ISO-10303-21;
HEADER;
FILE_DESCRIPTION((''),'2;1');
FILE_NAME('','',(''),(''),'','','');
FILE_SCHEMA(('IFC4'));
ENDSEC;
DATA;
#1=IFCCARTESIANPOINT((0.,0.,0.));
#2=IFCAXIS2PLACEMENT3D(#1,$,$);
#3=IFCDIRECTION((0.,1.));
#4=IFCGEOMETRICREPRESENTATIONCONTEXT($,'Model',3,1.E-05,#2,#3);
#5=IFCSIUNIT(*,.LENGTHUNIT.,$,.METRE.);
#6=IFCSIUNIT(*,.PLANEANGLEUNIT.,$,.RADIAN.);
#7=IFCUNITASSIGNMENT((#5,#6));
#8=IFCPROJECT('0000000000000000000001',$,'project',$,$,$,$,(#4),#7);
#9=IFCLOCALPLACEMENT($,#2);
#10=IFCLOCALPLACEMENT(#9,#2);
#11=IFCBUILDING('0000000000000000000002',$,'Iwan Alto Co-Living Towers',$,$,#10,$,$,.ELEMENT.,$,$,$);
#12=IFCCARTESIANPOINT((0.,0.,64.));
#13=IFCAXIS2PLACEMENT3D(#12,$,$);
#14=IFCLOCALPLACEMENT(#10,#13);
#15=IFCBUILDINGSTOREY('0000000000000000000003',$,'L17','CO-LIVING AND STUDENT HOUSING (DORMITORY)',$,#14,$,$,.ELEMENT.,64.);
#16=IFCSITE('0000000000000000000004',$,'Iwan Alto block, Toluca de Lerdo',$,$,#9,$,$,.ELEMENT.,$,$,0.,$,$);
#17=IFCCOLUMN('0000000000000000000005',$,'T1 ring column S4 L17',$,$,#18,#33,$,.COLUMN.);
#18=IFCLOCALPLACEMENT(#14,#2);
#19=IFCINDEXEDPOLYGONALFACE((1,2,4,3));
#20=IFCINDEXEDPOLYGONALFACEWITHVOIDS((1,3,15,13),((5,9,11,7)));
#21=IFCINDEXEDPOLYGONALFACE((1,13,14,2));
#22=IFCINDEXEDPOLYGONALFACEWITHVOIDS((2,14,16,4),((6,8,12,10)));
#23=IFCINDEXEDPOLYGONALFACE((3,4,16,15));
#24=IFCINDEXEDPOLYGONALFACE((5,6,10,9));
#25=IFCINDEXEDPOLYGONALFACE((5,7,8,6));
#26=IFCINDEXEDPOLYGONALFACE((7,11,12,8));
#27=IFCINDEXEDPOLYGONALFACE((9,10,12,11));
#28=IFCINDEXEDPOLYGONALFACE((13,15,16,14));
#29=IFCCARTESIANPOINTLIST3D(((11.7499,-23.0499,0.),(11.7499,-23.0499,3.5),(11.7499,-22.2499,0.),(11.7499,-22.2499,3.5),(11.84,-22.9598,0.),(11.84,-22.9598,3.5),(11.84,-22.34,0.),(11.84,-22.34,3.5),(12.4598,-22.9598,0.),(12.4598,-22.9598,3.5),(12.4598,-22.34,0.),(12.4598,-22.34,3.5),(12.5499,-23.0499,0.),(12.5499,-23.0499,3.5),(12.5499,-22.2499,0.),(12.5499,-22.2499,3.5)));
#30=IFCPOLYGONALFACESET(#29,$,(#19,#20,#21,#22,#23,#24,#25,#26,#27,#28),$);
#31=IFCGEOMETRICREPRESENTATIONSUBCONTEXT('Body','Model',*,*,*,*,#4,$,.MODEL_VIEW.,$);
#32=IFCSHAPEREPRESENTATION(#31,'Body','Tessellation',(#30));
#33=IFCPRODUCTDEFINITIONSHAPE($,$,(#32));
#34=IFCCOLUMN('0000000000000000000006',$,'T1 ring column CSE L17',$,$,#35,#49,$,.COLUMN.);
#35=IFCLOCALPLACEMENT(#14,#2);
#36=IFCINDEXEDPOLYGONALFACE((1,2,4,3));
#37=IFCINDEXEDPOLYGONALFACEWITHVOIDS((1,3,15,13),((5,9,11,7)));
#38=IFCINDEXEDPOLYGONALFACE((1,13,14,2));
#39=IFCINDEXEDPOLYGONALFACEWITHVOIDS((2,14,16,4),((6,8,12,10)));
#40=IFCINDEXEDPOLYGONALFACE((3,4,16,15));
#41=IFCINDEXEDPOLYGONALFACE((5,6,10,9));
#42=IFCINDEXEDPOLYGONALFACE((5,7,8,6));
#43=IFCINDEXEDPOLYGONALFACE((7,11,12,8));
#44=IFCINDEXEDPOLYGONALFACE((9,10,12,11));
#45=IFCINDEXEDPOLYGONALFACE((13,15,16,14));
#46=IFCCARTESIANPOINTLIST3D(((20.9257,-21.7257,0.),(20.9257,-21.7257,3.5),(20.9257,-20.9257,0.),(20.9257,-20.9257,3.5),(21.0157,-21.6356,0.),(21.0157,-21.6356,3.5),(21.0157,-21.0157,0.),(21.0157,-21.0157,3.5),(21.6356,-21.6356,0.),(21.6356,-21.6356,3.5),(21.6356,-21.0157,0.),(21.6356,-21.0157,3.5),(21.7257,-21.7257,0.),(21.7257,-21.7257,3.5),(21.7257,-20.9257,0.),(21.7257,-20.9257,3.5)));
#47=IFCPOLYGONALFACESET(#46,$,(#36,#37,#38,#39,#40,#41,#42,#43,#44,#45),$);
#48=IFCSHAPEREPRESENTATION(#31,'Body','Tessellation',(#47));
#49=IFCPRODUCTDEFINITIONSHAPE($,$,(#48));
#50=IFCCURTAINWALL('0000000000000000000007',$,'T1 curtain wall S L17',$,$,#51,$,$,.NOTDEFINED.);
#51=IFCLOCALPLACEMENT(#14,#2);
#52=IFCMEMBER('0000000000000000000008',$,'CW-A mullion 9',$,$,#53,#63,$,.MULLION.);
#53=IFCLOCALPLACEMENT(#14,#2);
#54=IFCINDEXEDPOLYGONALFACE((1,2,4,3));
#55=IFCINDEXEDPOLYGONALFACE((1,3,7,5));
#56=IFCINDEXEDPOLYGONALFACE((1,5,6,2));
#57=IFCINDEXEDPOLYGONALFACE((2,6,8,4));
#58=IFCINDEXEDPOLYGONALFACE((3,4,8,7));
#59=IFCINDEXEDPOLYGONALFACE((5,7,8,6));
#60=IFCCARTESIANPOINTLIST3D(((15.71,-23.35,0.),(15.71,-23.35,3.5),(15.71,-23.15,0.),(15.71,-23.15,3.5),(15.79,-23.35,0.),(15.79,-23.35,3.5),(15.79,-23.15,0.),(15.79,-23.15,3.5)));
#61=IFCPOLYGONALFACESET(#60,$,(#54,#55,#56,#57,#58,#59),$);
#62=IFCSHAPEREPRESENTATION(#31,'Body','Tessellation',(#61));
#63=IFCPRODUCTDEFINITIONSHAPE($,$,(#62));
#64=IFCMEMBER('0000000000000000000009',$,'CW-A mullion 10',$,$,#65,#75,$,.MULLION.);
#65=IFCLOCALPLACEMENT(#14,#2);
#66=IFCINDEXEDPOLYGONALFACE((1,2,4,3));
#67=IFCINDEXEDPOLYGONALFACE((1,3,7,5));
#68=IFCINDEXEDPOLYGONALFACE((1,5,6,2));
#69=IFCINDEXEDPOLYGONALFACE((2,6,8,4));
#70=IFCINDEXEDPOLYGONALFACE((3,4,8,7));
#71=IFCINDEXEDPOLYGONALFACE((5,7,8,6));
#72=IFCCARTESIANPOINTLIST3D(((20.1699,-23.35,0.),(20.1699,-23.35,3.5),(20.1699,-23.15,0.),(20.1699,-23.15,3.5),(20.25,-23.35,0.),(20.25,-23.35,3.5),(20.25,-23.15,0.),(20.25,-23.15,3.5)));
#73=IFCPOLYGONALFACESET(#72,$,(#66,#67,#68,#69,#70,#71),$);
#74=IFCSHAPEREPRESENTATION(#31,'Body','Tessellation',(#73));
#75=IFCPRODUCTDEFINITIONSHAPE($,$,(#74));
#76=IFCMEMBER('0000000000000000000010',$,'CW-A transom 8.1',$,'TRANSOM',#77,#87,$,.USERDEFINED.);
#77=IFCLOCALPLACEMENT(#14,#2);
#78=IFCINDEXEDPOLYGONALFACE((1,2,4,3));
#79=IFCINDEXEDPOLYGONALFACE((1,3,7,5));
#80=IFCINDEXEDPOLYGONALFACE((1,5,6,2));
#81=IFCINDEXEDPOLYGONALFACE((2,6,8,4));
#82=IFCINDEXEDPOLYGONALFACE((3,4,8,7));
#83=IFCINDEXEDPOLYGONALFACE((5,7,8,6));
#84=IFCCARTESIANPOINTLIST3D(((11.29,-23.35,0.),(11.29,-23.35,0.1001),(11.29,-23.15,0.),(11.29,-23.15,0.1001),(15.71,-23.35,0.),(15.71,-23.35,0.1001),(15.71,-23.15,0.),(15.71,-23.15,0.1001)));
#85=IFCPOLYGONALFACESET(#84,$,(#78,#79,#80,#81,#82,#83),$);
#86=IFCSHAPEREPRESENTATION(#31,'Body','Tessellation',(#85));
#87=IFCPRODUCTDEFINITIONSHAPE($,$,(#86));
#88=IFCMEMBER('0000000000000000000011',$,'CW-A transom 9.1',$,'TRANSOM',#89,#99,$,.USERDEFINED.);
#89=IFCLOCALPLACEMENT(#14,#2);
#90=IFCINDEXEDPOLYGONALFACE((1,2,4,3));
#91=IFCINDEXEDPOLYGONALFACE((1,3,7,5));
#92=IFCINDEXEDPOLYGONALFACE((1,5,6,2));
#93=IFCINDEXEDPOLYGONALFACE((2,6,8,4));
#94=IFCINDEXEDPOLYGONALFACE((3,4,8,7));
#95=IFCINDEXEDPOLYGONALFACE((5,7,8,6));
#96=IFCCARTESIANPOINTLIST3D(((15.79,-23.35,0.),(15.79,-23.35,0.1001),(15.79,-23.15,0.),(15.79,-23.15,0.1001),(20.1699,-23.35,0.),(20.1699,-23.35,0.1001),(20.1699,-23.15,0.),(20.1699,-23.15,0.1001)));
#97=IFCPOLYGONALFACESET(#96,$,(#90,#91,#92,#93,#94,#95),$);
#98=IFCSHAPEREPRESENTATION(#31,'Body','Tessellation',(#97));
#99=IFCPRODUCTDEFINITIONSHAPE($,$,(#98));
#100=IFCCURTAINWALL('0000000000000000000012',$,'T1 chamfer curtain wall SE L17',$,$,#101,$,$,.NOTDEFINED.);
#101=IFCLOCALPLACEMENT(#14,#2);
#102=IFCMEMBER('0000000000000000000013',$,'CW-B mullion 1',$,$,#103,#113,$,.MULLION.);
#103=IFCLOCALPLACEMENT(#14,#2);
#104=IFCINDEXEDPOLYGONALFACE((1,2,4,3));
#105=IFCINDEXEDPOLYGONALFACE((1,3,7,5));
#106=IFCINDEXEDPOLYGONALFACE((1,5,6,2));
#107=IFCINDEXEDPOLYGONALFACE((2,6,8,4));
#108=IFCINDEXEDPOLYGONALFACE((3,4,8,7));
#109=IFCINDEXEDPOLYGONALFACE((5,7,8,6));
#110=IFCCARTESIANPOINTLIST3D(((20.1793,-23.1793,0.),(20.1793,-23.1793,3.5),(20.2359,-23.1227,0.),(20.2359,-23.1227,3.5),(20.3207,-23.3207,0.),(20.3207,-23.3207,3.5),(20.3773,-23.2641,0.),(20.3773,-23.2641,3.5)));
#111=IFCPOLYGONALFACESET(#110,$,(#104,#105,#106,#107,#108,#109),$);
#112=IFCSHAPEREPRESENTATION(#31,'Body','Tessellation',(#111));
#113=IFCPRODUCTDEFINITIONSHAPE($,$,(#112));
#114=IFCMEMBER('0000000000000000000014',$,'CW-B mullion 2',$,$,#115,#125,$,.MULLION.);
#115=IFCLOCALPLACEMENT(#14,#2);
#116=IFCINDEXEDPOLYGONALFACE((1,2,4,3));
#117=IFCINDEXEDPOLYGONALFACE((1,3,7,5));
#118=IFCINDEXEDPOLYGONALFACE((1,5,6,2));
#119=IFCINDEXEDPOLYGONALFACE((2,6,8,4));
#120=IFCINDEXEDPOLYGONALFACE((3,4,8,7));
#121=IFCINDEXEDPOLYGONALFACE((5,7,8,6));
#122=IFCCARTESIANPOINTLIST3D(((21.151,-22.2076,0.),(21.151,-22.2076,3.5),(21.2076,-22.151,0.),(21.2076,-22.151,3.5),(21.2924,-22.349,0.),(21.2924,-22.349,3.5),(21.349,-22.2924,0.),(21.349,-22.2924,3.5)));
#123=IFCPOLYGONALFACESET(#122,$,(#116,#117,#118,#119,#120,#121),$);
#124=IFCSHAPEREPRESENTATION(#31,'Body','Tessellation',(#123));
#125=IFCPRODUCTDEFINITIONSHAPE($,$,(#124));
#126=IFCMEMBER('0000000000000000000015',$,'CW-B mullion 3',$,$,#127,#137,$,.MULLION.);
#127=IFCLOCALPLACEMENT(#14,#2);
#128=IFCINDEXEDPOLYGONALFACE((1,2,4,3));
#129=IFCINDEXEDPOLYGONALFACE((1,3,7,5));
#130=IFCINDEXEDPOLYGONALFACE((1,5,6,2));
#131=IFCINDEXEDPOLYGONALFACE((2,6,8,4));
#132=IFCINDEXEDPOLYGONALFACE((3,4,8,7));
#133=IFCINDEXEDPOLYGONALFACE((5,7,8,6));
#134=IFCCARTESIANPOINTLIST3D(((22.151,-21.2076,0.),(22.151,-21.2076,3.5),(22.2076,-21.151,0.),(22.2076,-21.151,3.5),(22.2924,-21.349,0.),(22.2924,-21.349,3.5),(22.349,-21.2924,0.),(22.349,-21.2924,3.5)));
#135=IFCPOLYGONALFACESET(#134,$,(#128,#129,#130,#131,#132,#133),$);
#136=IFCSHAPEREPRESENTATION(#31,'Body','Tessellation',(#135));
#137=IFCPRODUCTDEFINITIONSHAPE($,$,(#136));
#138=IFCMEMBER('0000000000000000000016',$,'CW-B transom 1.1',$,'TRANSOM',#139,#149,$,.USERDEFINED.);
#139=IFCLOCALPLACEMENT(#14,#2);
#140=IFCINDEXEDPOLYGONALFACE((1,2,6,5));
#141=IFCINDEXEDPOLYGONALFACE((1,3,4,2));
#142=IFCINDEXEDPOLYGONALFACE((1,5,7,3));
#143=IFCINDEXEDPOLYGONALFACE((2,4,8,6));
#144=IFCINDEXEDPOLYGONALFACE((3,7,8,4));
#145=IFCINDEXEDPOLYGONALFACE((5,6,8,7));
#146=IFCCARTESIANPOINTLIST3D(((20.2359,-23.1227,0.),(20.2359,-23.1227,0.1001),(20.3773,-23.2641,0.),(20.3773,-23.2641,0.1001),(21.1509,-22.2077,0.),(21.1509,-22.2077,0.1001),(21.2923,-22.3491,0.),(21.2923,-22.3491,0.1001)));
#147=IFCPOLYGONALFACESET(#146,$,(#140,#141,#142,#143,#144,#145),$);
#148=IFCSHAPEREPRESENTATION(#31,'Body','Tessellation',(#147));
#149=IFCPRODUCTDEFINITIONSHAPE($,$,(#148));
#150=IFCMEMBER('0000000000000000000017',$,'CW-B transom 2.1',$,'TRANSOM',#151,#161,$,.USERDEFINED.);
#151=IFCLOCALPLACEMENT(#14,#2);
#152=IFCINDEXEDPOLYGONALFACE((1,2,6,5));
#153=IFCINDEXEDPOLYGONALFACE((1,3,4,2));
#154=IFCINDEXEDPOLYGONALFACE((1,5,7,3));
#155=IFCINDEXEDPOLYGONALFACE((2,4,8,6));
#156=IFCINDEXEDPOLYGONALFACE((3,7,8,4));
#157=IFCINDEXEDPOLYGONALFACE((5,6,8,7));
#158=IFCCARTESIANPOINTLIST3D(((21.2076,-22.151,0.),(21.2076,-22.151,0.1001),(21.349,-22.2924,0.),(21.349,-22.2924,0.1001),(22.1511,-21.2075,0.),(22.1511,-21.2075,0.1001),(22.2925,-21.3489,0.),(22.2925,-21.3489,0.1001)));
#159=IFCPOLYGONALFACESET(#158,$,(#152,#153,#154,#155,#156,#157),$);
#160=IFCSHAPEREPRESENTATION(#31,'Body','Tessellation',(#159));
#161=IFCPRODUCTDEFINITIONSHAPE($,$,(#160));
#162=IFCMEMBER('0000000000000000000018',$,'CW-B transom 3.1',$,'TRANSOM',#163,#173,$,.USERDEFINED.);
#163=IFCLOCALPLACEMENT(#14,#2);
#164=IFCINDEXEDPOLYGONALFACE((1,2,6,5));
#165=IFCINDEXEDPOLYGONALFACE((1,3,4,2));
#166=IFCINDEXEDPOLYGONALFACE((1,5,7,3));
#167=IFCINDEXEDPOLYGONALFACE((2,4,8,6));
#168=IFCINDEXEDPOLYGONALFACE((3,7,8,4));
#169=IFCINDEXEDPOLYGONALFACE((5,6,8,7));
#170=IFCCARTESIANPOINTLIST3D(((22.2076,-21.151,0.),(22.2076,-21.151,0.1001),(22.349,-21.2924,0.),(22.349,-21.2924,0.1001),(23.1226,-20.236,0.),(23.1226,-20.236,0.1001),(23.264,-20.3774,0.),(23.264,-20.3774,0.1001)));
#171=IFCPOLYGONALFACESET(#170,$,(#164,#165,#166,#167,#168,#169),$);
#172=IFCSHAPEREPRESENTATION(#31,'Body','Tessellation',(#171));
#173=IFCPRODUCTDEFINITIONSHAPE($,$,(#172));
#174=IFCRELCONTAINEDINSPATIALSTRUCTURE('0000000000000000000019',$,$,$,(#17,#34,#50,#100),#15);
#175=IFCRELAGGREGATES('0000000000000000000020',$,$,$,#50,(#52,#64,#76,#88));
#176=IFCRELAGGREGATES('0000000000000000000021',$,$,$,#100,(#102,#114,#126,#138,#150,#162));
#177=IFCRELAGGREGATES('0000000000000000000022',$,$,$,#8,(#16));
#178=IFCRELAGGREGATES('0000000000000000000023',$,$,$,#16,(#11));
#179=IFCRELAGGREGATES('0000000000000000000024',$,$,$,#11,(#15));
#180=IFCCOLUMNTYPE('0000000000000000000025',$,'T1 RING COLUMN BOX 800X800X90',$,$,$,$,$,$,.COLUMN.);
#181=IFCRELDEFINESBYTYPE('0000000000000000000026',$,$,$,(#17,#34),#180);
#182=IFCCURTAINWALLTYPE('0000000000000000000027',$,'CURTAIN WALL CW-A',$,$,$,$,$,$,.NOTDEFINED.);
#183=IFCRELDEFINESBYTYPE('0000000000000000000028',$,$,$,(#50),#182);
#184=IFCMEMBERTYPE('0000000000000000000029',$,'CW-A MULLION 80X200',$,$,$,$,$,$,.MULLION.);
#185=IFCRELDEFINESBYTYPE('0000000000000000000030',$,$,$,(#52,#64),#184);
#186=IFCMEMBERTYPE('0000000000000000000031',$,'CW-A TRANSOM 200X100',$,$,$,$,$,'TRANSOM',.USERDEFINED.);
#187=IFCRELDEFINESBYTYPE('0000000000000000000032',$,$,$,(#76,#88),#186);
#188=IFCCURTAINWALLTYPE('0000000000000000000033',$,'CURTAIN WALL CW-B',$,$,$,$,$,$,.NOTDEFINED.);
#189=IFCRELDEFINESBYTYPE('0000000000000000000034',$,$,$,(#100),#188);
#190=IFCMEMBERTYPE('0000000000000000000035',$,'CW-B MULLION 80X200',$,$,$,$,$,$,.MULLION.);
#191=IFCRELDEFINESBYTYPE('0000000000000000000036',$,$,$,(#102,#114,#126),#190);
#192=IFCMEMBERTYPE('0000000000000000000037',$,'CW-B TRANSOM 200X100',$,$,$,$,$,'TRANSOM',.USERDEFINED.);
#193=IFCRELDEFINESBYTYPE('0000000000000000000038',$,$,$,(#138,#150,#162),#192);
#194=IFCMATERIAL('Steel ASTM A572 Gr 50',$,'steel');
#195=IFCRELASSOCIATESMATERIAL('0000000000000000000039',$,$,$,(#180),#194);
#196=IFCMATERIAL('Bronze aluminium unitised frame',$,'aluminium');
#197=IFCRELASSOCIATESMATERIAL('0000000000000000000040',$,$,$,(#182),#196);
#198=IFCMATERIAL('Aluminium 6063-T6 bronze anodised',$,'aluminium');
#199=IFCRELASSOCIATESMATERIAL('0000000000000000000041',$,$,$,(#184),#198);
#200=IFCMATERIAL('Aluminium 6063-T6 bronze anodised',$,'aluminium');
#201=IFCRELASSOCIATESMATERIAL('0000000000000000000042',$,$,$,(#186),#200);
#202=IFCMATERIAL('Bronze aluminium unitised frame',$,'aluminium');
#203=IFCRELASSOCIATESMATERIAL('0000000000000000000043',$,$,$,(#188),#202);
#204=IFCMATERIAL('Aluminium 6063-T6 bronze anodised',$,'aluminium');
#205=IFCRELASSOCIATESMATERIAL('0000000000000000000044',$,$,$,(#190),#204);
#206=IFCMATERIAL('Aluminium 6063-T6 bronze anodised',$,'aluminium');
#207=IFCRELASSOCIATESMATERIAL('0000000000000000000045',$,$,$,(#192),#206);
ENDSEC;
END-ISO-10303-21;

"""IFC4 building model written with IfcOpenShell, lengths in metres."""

from ifc_helpers import new_model, si_unit, direction, frame, origin, origin_2d, place, context, subcontext, project, spatial, rectangle, hollow_rectangle, extrude, material, material_profile, profile_set, type_object, element, aggregate, save


model = new_model("IFC4")

# Units and contexts
model_context = context("Model", 3, precision=1e-05, world=origin(), true_north=direction((0.0, 1.0)))
body_context = subcontext(model_context, "Body", "Model", "MODEL_VIEW")
ifc_project = project(units=[si_unit("LENGTHUNIT", "METRE"), si_unit("PLANEANGLEUNIT", "RADIAN")], contexts=[model_context])

# Site, building, storey
site_placement = place(None, origin())
site = spatial("IfcSite", under=ifc_project, at=site_placement, Name="Iwan Alto block, Toluca de Lerdo", CompositionType="ELEMENT", RefElevation=0.0)
building_placement = place(site_placement, origin())
building = spatial("IfcBuilding", under=site, at=building_placement, Name="Iwan Alto Co-Living Towers", CompositionType="ELEMENT")
storey_placement = place(building_placement, frame((0.0, 0.0, 64.0)))
storey = spatial("IfcBuildingStorey", under=building, at=storey_placement, Name="L17", Description="CO-LIVING AND STUDENT HOUSING (DORMITORY)", CompositionType="ELEMENT", Elevation=64.0)

# Columns
ifc_material_1 = material(Name="Steel ASTM A572 Gr 50", Category="steel")
ifc_material_profile_1 = material_profile(ifc_material_1, hollow_rectangle(XDim=0.8, YDim=0.8, WallThickness=0.0901, at=origin_2d()), Name="BOX 800X800X90")
ifc_profile_set_1 = profile_set([ifc_material_profile_1], Name="Steel ASTM A572 Gr 50")
column_type = type_object("IfcColumnType", Name="T1 RING COLUMN BOX 800X800X90", PredefinedType="COLUMN", material=ifc_profile_set_1)
for number, where, z_axis, x_axis, name in (
    (1, (12.1499, -22.6499, 0.0), (0.0, 0.0, 1.0), (1.0, 0.0, 0.0), "T1 ring column S4 L17"),
    (2, (21.3257, -21.3257, 0.0), (0.0, 0.0, 1.0), (1.0, 0.0, 0.0), "T1 ring column CSE L17"),
):
    element("IfcColumn", number, at=place(storey_placement, frame(where, z_axis=z_axis, x_axis=x_axis)), inside=storey, type_object=column_type, Name=name, PredefinedType="COLUMN", context=body_context, shape_type="SweptSolid", body=[
        extrude(hollow_rectangle(XDim=0.8, YDim=0.8, WallThickness=0.0901, at=origin_2d()), origin(), (0.0, 0.0, 1.0), 3.5),
    ])

# Curtain walls, members
ifc_material_2 = material(Name="Bronze aluminium unitised frame", Category="aluminium")
curtain_wall_type_1 = type_object("IfcCurtainWallType", Name="CURTAIN WALL CW-A", PredefinedType="NOTDEFINED", material=ifc_material_2)
curtain_wall_1_placement = place(storey_placement, origin())
curtain_wall_1 = element("IfcCurtainWall", 3, at=curtain_wall_1_placement, inside=storey, type_object=curtain_wall_type_1, Name="T1 curtain wall S L17", PredefinedType="NOTDEFINED")
ifc_material_3 = material(Name="Aluminium 6063-T6 bronze anodised", Category="aluminium")
ifc_material_profile_2 = material_profile(ifc_material_3, rectangle(XDim=0.2, YDim=0.0801, at=origin_2d()), Name="AL 80X200")
ifc_profile_set_2 = profile_set([ifc_material_profile_2], Name="Aluminium 6063-T6 bronze anodised")
member_type_1 = type_object("IfcMemberType", Name="CW-A MULLION 80X200", PredefinedType="MULLION", material=ifc_profile_set_2)
member_1_placement = place(storey_placement, frame((15.75, -23.25, 0.0), z_axis=(0.0, 0.0, 1.0), x_axis=(0.0, 1.0, 0.0)))
member_1 = element("IfcMember", 4, at=member_1_placement, type_object=member_type_1, Name="CW-A mullion 9", PredefinedType="MULLION", context=body_context, shape_type="SweptSolid", body=[
    extrude(rectangle(XDim=0.2, YDim=0.0801, at=origin_2d()), origin(), (0.0, 0.0, 1.0), 3.5),
])
member_2_placement = place(storey_placement, frame((20.21, -23.25, 0.0), z_axis=(0.0, 0.0, 1.0), x_axis=(0.0, 1.0, 0.0)))
member_2 = element("IfcMember", 5, at=member_2_placement, type_object=member_type_1, Name="CW-A mullion 10", PredefinedType="MULLION", context=body_context, shape_type="SweptSolid", body=[
    extrude(rectangle(XDim=0.2, YDim=0.0801, at=origin_2d()), origin(), (0.0, 0.0, 1.0), 3.5),
])
ifc_material_4 = material(Name="Aluminium 6063-T6 bronze anodised", Category="aluminium")
ifc_material_profile_3 = material_profile(ifc_material_4, rectangle(XDim=0.2, YDim=0.1001, at=origin_2d()), Name="AL 200X100")
ifc_profile_set_3 = profile_set([ifc_material_profile_3], Name="Aluminium 6063-T6 bronze anodised")
member_type_2 = type_object("IfcMemberType", Name="CW-A TRANSOM 200X100", ElementType="TRANSOM", PredefinedType="USERDEFINED", material=ifc_profile_set_3)
member_3_placement = place(storey_placement, frame((11.29, -23.25, 0.05), z_axis=(1.0, 0.0, 0.0), x_axis=(0.0, 1.0, 0.0)))
member_3 = element("IfcMember", 6, at=member_3_placement, type_object=member_type_2, Name="CW-A transom 8.1", ObjectType="TRANSOM", PredefinedType="USERDEFINED", context=body_context, shape_type="SweptSolid", body=[
    extrude(rectangle(XDim=0.2, YDim=0.1001, at=origin_2d()), origin(), (0.0, 0.0, 1.0), 4.4199),
])
member_4_placement = place(storey_placement, frame((15.79, -23.25, 0.05), z_axis=(1.0, 0.0, 0.0), x_axis=(0.0, 1.0, 0.0)))
member_4 = element("IfcMember", 7, at=member_4_placement, type_object=member_type_2, Name="CW-A transom 9.1", ObjectType="TRANSOM", PredefinedType="USERDEFINED", context=body_context, shape_type="SweptSolid", body=[
    extrude(rectangle(XDim=0.2, YDim=0.1001, at=origin_2d()), origin(), (0.0, 0.0, 1.0), 4.3799),
])
ifc_material_5 = material(Name="Bronze aluminium unitised frame", Category="aluminium")
curtain_wall_type_2 = type_object("IfcCurtainWallType", Name="CURTAIN WALL CW-B", PredefinedType="NOTDEFINED", material=ifc_material_5)
curtain_wall_2_placement = place(storey_placement, origin())
curtain_wall_2 = element("IfcCurtainWall", 8, at=curtain_wall_2_placement, inside=storey, type_object=curtain_wall_type_2, Name="T1 chamfer curtain wall SE L17", PredefinedType="NOTDEFINED")
ifc_material_6 = material(Name="Aluminium 6063-T6 bronze anodised", Category="aluminium")
ifc_material_profile_4 = material_profile(ifc_material_6, rectangle(XDim=0.2, YDim=0.0801, at=origin_2d()), Name="AL 80X200")
ifc_profile_set_4 = profile_set([ifc_material_profile_4], Name="Aluminium 6063-T6 bronze anodised")
member_type_3 = type_object("IfcMemberType", Name="CW-B MULLION 80X200", PredefinedType="MULLION", material=ifc_profile_set_4)
member_5_placement = place(storey_placement, frame((20.2783, -23.2217, 0.0), z_axis=(0.0, 0.0, 1.0), x_axis=(-0.707107, 0.707107, 0.0)))
member_5 = element("IfcMember", 9, at=member_5_placement, type_object=member_type_3, Name="CW-B mullion 1", PredefinedType="MULLION", context=body_context, shape_type="SweptSolid", body=[
    extrude(rectangle(XDim=0.2, YDim=0.0801, at=origin_2d()), origin(), (0.0, 0.0, 1.0), 3.5),
])
member_6_placement = place(storey_placement, frame((21.25, -22.25, 0.0), z_axis=(0.0, 0.0, 1.0), x_axis=(-0.707107, 0.707107, 0.0)))
member_6 = element("IfcMember", 10, at=member_6_placement, type_object=member_type_3, Name="CW-B mullion 2", PredefinedType="MULLION", context=body_context, shape_type="SweptSolid", body=[
    extrude(rectangle(XDim=0.2, YDim=0.0801, at=origin_2d()), origin(), (0.0, 0.0, 1.0), 3.5),
])
member_7_placement = place(storey_placement, frame((22.25, -21.25, 0.0), z_axis=(0.0, 0.0, 1.0), x_axis=(-0.707107, 0.707107, 0.0)))
member_7 = element("IfcMember", 11, at=member_7_placement, type_object=member_type_3, Name="CW-B mullion 3", PredefinedType="MULLION", context=body_context, shape_type="SweptSolid", body=[
    extrude(rectangle(XDim=0.2, YDim=0.0801, at=origin_2d()), origin(), (0.0, 0.0, 1.0), 3.5),
])
ifc_material_7 = material(Name="Aluminium 6063-T6 bronze anodised", Category="aluminium")
ifc_material_profile_5 = material_profile(ifc_material_7, rectangle(XDim=0.2, YDim=0.1001, at=origin_2d()), Name="AL 200X100")
ifc_profile_set_5 = profile_set([ifc_material_profile_5], Name="Aluminium 6063-T6 bronze anodised")
member_type_4 = type_object("IfcMemberType", Name="CW-B TRANSOM 200X100", ElementType="TRANSOM", PredefinedType="USERDEFINED", material=ifc_profile_set_5)
member_8_placement = place(storey_placement, frame((20.3066, -23.1934, 0.05), z_axis=(0.707107, 0.707107, 0.0), x_axis=(-0.707107, 0.707107, 0.0)))
member_8 = element("IfcMember", 12, at=member_8_placement, type_object=member_type_4, Name="CW-B transom 1.1", ObjectType="TRANSOM", PredefinedType="USERDEFINED", context=body_context, shape_type="SweptSolid", body=[
    extrude(rectangle(XDim=0.2, YDim=0.1001, at=origin_2d()), origin(), (0.0, 0.0, 1.0), 1.2939),
])
member_9_placement = place(storey_placement, frame((21.2783, -22.2217, 0.05), z_axis=(0.707107, 0.707107, 0.0), x_axis=(-0.707107, 0.707107, 0.0)))
member_9 = element("IfcMember", 13, at=member_9_placement, type_object=member_type_4, Name="CW-B transom 2.1", ObjectType="TRANSOM", PredefinedType="USERDEFINED", context=body_context, shape_type="SweptSolid", body=[
    extrude(rectangle(XDim=0.2, YDim=0.1001, at=origin_2d()), origin(), (0.0, 0.0, 1.0), 1.3342),
])
member_10_placement = place(storey_placement, frame((22.2783, -21.2217, 0.05), z_axis=(0.707107, 0.707107, 0.0), x_axis=(-0.707107, 0.707107, 0.0)))
member_10 = element("IfcMember", 14, at=member_10_placement, type_object=member_type_4, Name="CW-B transom 3.1", ObjectType="TRANSOM", PredefinedType="USERDEFINED", context=body_context, shape_type="SweptSolid", body=[
    extrude(rectangle(XDim=0.2, YDim=0.1001, at=origin_2d()), origin(), (0.0, 0.0, 1.0), 1.2939),
])

aggregate(curtain_wall_1, [member_1, member_2, member_3, member_4])
aggregate(curtain_wall_2, [member_5, member_6, member_7, member_8, member_9, member_10])

save(model, "model.ifc")
